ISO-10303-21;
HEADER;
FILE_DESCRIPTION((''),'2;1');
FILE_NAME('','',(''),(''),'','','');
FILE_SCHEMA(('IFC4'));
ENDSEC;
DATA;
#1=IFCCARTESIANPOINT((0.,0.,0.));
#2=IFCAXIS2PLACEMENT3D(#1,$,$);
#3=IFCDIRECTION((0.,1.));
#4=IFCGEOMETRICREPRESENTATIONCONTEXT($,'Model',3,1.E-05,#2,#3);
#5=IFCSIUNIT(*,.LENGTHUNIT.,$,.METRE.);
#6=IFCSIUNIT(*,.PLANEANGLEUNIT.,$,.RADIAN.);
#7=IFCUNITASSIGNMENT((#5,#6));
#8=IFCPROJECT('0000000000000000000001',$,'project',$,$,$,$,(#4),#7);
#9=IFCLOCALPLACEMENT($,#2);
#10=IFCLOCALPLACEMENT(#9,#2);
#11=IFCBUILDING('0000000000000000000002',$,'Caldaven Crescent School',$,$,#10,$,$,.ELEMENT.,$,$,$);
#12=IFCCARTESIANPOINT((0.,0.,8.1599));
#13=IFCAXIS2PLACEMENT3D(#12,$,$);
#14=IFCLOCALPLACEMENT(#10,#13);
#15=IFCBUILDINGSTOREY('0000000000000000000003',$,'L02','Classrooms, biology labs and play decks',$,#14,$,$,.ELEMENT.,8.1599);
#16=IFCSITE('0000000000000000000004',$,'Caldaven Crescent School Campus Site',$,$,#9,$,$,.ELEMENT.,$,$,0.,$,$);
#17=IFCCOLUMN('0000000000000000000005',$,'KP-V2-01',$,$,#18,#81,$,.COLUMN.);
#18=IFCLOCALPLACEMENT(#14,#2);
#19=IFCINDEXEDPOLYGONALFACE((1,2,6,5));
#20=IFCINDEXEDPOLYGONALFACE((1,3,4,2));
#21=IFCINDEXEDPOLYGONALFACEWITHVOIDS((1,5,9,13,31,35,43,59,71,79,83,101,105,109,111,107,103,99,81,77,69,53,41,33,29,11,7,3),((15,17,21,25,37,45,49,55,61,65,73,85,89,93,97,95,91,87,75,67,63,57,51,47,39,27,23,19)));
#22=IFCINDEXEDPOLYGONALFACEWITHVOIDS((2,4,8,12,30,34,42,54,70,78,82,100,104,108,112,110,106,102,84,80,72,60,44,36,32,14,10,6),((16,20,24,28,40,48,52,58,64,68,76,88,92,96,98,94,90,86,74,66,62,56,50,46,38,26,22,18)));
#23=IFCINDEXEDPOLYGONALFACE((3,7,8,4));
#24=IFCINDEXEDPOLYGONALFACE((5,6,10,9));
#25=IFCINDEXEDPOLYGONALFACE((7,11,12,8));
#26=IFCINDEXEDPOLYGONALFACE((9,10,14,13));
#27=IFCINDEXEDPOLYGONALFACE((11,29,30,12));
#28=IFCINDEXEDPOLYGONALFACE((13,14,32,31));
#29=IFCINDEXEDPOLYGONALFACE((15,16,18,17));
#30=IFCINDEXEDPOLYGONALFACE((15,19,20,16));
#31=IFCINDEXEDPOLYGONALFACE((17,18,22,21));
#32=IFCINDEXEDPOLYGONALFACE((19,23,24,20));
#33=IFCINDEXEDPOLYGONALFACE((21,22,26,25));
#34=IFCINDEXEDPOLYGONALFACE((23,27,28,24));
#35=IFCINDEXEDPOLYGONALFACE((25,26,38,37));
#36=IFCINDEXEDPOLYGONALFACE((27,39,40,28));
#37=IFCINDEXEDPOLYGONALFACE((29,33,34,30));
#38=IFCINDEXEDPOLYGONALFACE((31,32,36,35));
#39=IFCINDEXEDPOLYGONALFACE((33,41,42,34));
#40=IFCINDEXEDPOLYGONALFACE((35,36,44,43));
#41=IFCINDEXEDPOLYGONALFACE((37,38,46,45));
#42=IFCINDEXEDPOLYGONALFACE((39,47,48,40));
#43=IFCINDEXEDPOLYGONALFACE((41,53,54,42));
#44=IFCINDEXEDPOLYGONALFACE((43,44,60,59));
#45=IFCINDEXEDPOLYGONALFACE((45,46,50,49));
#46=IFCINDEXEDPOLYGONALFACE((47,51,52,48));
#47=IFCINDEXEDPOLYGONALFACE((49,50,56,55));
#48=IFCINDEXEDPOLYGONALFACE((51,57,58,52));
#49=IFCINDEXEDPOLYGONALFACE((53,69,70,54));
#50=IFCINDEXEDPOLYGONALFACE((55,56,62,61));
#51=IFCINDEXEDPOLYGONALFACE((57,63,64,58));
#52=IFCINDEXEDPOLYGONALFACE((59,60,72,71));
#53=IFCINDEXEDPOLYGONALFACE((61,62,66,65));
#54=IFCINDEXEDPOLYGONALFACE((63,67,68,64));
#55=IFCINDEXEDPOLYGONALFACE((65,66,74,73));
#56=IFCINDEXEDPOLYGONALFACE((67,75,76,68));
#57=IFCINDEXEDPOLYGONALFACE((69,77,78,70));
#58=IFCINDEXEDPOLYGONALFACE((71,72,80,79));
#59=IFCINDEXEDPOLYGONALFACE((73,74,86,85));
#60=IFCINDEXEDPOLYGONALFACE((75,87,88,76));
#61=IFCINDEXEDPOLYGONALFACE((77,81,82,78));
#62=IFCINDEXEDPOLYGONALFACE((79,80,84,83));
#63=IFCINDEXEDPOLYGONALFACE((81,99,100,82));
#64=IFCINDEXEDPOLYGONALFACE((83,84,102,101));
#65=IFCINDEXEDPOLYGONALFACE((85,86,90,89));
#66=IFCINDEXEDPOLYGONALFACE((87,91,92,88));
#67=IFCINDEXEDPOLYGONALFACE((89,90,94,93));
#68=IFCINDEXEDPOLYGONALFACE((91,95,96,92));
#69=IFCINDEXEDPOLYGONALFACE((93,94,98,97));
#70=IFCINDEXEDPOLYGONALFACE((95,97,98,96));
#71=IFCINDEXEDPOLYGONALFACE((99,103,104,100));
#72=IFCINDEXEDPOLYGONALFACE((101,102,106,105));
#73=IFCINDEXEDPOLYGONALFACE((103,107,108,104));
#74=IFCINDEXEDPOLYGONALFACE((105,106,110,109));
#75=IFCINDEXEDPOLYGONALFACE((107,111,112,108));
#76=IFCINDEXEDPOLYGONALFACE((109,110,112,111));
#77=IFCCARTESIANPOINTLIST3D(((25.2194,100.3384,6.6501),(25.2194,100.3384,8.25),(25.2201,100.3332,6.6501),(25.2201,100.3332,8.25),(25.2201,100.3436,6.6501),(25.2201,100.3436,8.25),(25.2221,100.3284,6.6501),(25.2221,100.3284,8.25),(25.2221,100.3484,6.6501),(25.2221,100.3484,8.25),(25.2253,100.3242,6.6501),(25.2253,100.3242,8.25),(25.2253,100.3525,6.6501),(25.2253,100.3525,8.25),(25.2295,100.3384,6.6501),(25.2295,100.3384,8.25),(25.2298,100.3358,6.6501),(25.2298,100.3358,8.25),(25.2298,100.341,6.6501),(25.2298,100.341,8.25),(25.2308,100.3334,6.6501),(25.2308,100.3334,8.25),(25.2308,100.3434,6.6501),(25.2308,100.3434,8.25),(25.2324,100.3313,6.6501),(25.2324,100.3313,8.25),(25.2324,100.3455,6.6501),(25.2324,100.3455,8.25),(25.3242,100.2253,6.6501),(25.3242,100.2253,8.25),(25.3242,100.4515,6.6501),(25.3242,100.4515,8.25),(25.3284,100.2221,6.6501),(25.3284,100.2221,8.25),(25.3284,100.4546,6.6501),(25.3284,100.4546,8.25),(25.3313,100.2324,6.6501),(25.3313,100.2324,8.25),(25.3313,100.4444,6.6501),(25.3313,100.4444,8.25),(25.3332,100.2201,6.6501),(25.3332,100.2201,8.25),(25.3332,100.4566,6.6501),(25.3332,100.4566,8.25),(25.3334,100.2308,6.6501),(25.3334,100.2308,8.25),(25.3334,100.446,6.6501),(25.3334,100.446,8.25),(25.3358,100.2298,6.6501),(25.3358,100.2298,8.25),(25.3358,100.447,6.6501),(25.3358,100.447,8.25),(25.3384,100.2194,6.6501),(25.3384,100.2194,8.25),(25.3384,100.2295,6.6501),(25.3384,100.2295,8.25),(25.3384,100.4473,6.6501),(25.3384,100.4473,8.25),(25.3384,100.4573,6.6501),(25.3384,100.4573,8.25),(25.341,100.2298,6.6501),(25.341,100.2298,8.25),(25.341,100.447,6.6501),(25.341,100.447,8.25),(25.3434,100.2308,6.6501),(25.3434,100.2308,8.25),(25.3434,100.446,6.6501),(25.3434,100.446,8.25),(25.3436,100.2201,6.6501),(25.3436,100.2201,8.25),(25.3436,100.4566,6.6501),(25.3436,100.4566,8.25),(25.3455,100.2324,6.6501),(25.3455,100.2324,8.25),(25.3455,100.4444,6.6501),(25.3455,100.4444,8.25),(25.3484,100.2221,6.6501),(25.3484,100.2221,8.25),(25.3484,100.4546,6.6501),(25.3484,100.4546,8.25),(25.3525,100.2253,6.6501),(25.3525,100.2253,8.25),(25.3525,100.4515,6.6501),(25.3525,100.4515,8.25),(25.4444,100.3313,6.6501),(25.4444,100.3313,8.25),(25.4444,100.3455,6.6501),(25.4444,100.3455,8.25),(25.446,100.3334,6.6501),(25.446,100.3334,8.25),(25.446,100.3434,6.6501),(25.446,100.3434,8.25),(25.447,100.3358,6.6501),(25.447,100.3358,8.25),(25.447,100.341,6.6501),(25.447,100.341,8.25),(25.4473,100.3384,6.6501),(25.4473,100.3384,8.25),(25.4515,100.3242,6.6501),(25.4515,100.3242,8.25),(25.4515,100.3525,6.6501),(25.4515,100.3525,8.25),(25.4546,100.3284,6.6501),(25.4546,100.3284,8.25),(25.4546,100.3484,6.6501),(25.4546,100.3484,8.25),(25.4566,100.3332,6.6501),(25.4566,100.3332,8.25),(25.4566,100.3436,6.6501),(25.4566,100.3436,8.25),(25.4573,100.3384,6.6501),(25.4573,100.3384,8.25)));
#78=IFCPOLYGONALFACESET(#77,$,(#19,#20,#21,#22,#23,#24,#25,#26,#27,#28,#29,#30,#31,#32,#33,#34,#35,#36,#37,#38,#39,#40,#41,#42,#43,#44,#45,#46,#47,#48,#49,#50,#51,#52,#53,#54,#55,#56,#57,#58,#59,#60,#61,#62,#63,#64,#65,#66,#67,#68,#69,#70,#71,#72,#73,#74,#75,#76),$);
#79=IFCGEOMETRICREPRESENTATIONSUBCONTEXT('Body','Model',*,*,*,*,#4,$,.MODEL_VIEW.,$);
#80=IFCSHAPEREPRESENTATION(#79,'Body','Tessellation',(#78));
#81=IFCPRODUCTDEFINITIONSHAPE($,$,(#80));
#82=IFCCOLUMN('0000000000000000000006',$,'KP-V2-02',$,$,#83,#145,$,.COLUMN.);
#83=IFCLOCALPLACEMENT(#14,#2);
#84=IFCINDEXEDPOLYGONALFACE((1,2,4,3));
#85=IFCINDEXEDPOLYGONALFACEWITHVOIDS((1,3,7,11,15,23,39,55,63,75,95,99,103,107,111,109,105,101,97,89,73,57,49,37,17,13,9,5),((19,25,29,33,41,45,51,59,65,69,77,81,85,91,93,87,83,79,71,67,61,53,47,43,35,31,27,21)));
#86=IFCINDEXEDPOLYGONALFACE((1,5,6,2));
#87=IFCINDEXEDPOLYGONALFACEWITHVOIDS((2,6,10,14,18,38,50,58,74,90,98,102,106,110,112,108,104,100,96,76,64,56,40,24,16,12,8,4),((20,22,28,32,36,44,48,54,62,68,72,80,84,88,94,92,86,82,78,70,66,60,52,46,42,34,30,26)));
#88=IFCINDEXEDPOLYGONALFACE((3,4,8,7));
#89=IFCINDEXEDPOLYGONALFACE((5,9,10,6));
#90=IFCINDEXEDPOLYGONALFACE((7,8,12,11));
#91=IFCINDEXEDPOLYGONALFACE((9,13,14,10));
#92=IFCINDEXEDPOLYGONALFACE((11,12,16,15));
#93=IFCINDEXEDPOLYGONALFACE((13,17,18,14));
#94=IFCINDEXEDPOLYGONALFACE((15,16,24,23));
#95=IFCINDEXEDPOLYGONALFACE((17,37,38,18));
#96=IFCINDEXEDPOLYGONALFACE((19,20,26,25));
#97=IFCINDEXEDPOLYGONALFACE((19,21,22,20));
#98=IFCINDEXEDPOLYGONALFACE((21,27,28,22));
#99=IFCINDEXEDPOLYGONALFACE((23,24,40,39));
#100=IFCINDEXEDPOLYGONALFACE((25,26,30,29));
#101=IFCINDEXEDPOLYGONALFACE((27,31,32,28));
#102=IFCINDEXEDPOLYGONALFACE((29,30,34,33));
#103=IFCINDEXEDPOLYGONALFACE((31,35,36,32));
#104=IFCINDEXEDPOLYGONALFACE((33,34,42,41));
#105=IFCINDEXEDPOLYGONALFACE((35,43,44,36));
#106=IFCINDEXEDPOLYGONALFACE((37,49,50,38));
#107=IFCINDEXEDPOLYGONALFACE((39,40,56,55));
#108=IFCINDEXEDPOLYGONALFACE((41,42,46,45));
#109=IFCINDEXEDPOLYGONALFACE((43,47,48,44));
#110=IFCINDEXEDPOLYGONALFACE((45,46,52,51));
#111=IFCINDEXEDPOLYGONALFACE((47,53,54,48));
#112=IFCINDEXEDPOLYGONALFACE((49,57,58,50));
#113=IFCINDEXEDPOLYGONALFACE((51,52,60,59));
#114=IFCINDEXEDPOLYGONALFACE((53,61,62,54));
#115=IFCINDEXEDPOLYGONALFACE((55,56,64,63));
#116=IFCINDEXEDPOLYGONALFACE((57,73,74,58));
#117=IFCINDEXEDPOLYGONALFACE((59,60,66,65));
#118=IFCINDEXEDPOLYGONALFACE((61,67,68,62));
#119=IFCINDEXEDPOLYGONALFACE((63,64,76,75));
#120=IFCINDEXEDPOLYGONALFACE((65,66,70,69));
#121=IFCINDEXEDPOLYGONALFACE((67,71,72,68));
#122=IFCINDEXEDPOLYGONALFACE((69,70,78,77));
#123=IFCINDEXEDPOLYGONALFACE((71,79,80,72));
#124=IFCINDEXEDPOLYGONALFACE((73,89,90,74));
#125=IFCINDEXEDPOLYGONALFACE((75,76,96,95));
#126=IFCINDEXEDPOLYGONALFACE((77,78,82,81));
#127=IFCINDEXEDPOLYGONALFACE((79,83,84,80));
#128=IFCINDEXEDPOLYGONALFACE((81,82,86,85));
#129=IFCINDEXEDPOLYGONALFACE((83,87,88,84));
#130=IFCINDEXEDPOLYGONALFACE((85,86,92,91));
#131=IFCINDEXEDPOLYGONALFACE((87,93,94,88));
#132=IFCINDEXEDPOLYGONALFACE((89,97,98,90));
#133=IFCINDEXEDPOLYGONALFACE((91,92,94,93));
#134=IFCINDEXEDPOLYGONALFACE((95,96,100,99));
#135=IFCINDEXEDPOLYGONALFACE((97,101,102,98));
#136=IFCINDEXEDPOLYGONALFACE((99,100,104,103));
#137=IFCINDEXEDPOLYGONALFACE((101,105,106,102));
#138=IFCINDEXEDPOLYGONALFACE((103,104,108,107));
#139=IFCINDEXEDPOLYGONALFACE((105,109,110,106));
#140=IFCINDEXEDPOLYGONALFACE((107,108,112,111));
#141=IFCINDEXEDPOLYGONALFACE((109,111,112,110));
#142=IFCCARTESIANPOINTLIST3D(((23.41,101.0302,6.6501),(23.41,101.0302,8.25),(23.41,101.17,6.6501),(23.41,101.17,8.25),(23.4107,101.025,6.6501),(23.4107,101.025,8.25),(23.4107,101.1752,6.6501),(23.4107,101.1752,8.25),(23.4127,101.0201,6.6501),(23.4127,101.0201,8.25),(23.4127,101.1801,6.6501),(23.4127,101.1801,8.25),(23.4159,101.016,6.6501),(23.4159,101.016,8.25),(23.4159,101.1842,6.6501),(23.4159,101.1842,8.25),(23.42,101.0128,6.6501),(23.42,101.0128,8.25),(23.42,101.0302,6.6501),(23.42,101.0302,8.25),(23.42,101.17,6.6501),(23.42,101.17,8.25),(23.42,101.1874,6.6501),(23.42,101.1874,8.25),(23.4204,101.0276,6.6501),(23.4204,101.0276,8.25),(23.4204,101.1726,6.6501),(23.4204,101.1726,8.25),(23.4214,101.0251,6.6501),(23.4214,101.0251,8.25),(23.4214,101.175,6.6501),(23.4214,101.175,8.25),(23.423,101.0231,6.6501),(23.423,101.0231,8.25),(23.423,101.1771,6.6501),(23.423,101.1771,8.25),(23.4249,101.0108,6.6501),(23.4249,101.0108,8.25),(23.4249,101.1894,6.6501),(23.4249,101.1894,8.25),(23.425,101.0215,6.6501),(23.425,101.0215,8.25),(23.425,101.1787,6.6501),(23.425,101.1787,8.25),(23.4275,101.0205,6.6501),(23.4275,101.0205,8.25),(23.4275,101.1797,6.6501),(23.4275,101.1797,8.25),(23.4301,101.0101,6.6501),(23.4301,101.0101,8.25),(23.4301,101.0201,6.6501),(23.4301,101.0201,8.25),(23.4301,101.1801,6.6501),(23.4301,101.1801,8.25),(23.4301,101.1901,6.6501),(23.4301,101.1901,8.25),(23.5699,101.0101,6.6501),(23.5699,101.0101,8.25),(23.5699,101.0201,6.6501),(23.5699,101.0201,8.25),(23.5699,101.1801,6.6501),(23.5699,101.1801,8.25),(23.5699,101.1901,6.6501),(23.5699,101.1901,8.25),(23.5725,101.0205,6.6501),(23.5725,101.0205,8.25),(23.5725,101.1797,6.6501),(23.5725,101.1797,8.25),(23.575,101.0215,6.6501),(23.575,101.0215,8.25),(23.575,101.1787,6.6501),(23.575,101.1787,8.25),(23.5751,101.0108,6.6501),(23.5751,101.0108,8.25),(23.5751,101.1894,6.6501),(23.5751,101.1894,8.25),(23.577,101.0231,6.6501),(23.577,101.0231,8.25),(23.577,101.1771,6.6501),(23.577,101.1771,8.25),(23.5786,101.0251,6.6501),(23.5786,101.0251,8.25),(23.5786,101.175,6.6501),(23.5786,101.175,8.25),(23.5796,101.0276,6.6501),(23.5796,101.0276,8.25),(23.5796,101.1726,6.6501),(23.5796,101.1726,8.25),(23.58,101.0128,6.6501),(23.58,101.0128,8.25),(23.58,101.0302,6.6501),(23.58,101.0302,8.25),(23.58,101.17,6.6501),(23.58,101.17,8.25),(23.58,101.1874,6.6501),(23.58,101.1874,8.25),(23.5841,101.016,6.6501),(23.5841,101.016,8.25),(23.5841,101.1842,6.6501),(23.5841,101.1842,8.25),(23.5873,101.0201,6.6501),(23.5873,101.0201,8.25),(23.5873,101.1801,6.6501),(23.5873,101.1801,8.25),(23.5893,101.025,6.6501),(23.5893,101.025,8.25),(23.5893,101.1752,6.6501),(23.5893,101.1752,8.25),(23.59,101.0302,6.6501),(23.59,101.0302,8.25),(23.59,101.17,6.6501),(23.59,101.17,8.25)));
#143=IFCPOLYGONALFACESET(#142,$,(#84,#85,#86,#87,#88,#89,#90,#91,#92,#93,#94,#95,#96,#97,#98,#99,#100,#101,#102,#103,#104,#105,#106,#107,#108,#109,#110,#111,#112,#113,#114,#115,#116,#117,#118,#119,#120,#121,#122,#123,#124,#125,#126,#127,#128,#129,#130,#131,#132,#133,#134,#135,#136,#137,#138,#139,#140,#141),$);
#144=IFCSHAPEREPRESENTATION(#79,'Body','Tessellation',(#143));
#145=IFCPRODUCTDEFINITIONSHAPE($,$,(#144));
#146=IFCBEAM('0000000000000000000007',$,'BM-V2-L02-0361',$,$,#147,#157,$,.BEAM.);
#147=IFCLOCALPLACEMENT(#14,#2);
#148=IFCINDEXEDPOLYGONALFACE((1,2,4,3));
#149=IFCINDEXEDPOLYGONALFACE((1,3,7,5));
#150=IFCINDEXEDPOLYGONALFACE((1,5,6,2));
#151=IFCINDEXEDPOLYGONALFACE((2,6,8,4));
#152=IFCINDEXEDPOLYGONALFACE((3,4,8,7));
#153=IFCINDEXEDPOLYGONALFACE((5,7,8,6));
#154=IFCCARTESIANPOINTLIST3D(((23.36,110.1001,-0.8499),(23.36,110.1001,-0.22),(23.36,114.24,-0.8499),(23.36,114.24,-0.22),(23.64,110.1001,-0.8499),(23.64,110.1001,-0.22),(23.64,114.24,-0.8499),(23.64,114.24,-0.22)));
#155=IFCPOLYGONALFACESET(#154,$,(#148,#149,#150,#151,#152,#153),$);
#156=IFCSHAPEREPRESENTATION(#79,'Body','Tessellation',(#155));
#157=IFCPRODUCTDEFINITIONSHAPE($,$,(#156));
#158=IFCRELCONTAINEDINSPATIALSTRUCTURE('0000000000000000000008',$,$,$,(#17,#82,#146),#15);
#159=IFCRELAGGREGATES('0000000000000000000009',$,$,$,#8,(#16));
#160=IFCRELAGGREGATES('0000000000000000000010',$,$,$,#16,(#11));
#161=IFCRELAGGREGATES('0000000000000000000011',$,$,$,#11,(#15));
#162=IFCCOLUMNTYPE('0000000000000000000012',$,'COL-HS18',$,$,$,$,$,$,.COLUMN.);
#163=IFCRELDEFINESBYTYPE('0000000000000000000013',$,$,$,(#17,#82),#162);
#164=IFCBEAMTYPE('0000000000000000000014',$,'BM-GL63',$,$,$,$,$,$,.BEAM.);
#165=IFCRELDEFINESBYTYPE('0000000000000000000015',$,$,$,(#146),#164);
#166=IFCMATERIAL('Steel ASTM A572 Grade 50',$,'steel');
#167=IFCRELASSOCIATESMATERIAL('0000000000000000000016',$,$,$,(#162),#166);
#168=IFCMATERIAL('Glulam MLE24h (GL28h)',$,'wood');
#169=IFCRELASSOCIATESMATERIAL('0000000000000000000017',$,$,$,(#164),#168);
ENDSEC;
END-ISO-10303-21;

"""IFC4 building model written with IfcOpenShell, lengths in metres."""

from ifc_helpers import new_model, si_unit, direction, frame, origin, origin_2d, place, context, subcontext, project, spatial, rectangle, hollow_rectangle, extrude, material, material_profile, profile_set, type_object, element, save


model = new_model("IFC4")

# Units and contexts
model_context = context("Model", 3, precision=1e-05, world=origin(), true_north=direction((0.0, 1.0)))
body_context = subcontext(model_context, "Body", "Model", "MODEL_VIEW")
ifc_project = project(units=[si_unit("LENGTHUNIT", "METRE"), si_unit("PLANEANGLEUNIT", "RADIAN")], contexts=[model_context])

# Site, building, storey
site_placement = place(None, origin())
site = spatial("IfcSite", under=ifc_project, at=site_placement, Name="Caldaven Crescent School Campus Site", CompositionType="ELEMENT", RefElevation=0.0)
building_placement = place(site_placement, origin())
building = spatial("IfcBuilding", under=site, at=building_placement, Name="Caldaven Crescent School", CompositionType="ELEMENT")
storey_placement = place(building_placement, frame((0.0, 0.0, 8.1599)))
storey = spatial("IfcBuildingStorey", under=building, at=storey_placement, Name="L02", Description="Classrooms, biology labs and play decks", CompositionType="ELEMENT", Elevation=8.1599)

# Columns
ifc_material_1 = material(Name="Steel ASTM A572 Grade 50", Category="steel")
ifc_material_profile_1 = material_profile(ifc_material_1, hollow_rectangle(XDim=0.1799, YDim=0.1799, WallThickness=0.01, InnerFilletRadius=0.01, OuterFilletRadius=0.02, at=origin_2d()), Name="HSS 180x180x10")
ifc_profile_set_1 = profile_set([ifc_material_profile_1], Name="Steel ASTM A572 Grade 50")
column_type = type_object("IfcColumnType", Name="COL-HS18", PredefinedType="COLUMN", material=ifc_profile_set_1)
for number, where, z_axis, x_axis, name in (
    (1, (25.3384, 100.3384, 6.6501), (0.0, 0.0, 1.0), (0.707107, 0.707107, 0.0), "KP-V2-01"),
    (2, (23.5, 101.1001, 6.6501), (0.0, 0.0, 1.0), (0.0, 1.0, 0.0), "KP-V2-02"),
):
    element("IfcColumn", number, at=place(storey_placement, frame(where, z_axis=z_axis, x_axis=x_axis)), inside=storey, type_object=column_type, Name=name, PredefinedType="COLUMN", context=body_context, shape_type="SweptSolid", body=[
        extrude(hollow_rectangle(XDim=0.1799, YDim=0.1799, WallThickness=0.01, InnerFilletRadius=0.01, OuterFilletRadius=0.02, at=origin_2d()), origin(), (0.0, 0.0, 1.0), 1.5999),
    ])

# Beam
ifc_material_2 = material(Name="Glulam MLE24h (GL28h)", Category="wood")
ifc_material_profile_2 = material_profile(ifc_material_2, rectangle(XDim=0.28, YDim=0.6299, at=origin_2d()), Name="MLE 280x630")
ifc_profile_set_2 = profile_set([ifc_material_profile_2], Name="Glulam MLE24h (GL28h)")
beam_type_1 = type_object("IfcBeamType", Name="BM-GL63", PredefinedType="BEAM", material=ifc_profile_set_2)
beam_1_placement = place(storey_placement, frame((23.5, 110.1001, -0.5349), z_axis=(0.0, 1.0, 0.0), x_axis=(-1.0, 0.0, 0.0)))
element("IfcBeam", 3, at=beam_1_placement, inside=storey, type_object=beam_type_1, Name="BM-V2-L02-0361", PredefinedType="BEAM", context=body_context, shape_type="SweptSolid", body=[
    extrude(rectangle(XDim=0.28, YDim=0.6299, at=origin_2d()), origin(), (0.0, 0.0, 1.0), 4.1399),
])

save(model, "model.ifc")
